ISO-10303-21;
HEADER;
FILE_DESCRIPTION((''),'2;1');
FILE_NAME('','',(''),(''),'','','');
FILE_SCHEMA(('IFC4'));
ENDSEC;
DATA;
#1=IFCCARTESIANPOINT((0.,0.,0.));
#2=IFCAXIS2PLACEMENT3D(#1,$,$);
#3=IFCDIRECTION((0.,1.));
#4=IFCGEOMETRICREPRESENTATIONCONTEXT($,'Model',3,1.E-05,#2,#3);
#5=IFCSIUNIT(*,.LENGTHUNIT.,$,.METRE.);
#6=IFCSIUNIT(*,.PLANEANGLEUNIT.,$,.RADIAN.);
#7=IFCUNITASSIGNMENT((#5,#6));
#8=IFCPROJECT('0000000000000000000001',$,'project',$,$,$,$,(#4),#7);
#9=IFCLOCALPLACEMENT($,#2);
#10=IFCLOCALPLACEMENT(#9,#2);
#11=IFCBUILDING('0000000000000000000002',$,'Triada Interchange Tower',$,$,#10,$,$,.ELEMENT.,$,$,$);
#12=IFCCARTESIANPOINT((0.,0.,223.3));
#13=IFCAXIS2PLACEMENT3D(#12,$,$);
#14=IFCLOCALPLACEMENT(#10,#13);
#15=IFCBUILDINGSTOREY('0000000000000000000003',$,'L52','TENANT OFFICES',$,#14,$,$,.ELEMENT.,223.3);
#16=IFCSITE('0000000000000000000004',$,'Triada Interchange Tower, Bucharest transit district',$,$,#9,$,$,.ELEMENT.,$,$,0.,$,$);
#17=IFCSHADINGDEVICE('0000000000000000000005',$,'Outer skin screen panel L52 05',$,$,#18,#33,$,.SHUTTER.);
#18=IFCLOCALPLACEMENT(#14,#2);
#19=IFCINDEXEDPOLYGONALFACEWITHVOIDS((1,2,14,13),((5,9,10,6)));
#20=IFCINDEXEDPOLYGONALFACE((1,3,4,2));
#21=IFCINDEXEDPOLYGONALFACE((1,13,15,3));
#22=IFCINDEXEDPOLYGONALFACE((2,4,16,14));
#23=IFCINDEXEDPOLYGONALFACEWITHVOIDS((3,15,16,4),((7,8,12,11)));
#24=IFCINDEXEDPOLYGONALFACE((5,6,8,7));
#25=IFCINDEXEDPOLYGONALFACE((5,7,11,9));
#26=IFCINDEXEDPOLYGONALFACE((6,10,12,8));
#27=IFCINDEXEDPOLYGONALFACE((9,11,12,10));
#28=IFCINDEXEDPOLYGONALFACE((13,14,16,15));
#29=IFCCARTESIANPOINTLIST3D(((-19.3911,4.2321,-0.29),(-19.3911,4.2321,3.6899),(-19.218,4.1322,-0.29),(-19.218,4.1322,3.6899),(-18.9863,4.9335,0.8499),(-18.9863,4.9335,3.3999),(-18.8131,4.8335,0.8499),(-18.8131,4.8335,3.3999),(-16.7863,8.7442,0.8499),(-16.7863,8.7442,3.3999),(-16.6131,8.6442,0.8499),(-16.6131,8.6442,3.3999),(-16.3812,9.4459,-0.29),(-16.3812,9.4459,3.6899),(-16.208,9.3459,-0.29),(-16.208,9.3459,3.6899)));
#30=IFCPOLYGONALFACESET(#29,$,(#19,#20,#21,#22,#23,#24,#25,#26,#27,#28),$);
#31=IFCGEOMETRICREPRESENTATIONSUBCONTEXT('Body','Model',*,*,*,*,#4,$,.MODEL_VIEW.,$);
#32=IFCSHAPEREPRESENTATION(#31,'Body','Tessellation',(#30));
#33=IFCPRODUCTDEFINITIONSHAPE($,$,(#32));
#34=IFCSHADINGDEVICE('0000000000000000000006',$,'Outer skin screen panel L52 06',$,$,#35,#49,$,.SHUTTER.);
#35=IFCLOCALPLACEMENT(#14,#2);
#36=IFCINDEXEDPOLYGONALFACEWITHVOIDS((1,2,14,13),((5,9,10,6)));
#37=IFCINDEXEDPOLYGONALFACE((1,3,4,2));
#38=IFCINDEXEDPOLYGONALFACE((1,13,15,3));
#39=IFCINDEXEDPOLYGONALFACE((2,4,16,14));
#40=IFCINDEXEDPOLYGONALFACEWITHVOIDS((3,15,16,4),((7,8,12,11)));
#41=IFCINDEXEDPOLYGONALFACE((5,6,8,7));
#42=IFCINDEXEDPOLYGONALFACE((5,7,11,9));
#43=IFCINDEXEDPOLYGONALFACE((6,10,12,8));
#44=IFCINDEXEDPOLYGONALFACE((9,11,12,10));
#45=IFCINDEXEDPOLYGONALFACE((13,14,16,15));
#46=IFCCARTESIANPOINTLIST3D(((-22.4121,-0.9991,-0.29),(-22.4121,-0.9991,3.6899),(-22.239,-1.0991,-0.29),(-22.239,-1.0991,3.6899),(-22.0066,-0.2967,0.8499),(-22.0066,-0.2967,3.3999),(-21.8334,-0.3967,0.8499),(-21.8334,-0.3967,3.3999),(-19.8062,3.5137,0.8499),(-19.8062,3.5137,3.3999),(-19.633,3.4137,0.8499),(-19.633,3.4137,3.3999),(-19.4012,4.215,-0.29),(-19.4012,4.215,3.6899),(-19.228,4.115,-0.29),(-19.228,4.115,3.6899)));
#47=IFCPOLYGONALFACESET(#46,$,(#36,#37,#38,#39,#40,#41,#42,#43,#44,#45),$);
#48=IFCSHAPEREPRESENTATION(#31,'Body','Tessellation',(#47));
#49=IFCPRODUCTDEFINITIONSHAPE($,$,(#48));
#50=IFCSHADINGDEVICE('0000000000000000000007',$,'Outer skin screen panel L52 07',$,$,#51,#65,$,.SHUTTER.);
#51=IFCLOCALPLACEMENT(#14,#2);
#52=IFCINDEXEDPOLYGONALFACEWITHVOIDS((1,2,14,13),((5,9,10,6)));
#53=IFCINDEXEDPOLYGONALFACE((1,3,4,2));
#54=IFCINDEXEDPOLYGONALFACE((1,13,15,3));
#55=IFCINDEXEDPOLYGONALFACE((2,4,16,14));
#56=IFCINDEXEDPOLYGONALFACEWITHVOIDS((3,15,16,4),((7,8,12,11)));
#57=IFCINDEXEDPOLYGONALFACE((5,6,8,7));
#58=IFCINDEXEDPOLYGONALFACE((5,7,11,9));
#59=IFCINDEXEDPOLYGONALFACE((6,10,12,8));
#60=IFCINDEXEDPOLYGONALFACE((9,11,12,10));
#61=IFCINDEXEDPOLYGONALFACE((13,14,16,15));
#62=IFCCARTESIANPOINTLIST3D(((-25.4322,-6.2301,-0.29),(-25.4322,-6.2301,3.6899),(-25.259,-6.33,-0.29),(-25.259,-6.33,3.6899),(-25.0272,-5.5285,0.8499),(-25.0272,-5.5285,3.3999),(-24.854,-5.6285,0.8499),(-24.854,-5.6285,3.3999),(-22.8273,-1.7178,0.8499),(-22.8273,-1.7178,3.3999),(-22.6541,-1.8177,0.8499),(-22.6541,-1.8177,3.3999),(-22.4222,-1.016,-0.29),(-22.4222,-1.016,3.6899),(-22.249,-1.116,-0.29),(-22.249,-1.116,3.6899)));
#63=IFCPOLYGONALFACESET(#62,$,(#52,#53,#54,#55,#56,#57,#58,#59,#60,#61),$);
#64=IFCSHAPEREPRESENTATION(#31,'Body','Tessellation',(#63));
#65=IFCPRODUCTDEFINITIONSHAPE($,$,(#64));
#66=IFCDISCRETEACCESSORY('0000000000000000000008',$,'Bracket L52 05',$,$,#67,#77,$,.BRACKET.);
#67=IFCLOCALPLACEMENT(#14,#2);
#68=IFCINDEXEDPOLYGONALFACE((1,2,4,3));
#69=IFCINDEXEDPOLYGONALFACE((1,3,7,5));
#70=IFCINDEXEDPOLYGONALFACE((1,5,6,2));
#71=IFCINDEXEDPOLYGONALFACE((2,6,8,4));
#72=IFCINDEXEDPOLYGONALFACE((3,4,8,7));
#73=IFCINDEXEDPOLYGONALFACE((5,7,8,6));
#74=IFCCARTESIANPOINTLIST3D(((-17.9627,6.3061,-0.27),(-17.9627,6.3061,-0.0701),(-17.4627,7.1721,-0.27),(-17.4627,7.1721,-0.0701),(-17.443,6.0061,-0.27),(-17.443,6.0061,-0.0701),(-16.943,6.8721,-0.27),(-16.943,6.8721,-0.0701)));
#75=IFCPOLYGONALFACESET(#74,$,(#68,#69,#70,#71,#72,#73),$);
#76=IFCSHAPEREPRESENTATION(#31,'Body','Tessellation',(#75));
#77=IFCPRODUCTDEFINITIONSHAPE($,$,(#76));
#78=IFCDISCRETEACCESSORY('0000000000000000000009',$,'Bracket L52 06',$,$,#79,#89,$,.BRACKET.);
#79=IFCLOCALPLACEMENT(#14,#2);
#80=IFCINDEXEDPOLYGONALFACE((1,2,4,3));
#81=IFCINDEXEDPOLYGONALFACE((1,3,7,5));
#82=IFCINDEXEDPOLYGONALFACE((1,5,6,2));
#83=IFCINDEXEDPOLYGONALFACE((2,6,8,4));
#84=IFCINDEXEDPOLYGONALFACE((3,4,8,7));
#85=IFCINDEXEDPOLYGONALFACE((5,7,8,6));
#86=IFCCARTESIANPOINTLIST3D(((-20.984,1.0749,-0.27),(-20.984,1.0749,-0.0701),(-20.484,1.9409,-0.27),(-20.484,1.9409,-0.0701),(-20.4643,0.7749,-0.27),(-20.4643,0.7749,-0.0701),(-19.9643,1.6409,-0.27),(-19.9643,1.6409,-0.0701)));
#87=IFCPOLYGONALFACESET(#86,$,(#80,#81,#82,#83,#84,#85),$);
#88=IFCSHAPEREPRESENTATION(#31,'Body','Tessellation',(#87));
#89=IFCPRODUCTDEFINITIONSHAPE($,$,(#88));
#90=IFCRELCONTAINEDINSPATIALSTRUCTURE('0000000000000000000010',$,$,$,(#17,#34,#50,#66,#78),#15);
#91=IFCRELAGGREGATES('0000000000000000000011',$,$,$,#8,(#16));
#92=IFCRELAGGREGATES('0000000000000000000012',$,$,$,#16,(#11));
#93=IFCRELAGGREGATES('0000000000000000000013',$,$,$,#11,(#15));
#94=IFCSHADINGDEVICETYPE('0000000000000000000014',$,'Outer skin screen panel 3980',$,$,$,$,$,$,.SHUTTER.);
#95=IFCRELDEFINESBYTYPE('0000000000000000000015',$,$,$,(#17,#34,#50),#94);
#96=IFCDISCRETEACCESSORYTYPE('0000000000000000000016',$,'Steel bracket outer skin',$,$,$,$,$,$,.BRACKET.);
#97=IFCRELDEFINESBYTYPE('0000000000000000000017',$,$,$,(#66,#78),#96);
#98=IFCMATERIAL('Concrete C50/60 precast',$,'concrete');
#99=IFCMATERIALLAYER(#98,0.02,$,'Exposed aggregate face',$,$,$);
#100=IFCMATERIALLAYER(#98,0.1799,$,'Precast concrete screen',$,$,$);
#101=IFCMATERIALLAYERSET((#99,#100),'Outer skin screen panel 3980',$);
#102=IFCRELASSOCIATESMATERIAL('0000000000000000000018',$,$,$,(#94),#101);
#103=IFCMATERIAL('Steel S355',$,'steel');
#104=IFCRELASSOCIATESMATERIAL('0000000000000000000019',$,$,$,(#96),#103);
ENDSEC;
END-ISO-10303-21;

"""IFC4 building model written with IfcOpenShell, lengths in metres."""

from ifc_helpers import new_model, si_unit, direction, frame, origin, origin_2d, place, context, subcontext, project, spatial, polyline, rectangle, outline, extrude, material, layer, layer_set, type_object, element, save


model = new_model("IFC4")

# Units and contexts
model_context = context("Model", 3, precision=1e-05, world=origin(), true_north=direction((0.0, 1.0)))
body_context = subcontext(model_context, "Body", "Model", "MODEL_VIEW")
ifc_project = project(units=[si_unit("LENGTHUNIT", "METRE"), si_unit("PLANEANGLEUNIT", "RADIAN")], contexts=[model_context])

# Site, building, storey
site_placement = place(None, origin())
site = spatial("IfcSite", under=ifc_project, at=site_placement, Name="Triada Interchange Tower, Bucharest transit district", CompositionType="ELEMENT", RefElevation=0.0)
building_placement = place(site_placement, origin())
building = spatial("IfcBuilding", under=site, at=building_placement, Name="Triada Interchange Tower", CompositionType="ELEMENT")
storey_placement = place(building_placement, frame((0.0, 0.0, 223.3)))
storey = spatial("IfcBuildingStorey", under=building, at=storey_placement, Name="L52", Description="TENANT OFFICES", CompositionType="ELEMENT", Elevation=223.3)

# Shading devices
ifc_material_1 = material(Name="Concrete C50/60 precast", Category="concrete")
ifc_layer_1 = layer(ifc_material_1, 0.02, Name="Exposed aggregate face")
ifc_layer_2 = layer(ifc_material_1, 0.1799, Name="Precast concrete screen")
ifc_layer_set_1 = layer_set([ifc_layer_1, ifc_layer_2], Name="Outer skin screen panel 3980")
shading_device_type = type_object("IfcShadingDeviceType", Name="Outer skin screen panel 3980", PredefinedType="SHUTTER", material=ifc_layer_set_1)
shading_device_1_placement = place(storey_placement, frame((-16.208, 9.3459, -0.29), z_axis=(0.0, 0.0, 1.0), x_axis=(-0.499973, -0.866041, 0.0)))
element("IfcShadingDevice", 1, at=shading_device_1_placement, inside=storey, type_object=shading_device_type, Name="Outer skin screen panel L52 05", PredefinedType="SHUTTER", context=body_context, shape_type="SweptSolid", body=[
    extrude(outline(polyline([(0.0, 0.0), (6.0203, 0.0), (6.0203, 3.98), (0.0, 3.98), (0.0, 0.0)]), holes=[polyline([(0.8103, 1.1399), (0.8103, 3.6899), (5.2104, 3.6899), (5.2104, 1.1399), (0.8103, 1.1399)])]), frame((0.0, 0.0, 0.0), z_axis=(0.0, -1.0, 0.0), x_axis=(1.0, 0.0, 0.0)), (0.0, 0.0, 1.0), 0.2),
])
shading_device_2_placement = place(storey_placement, frame((-19.228, 4.115, -0.29), z_axis=(0.0, 0.0, 1.0), x_axis=(-0.500077, -0.865981, 0.0)))
element("IfcShadingDevice", 2, at=shading_device_2_placement, inside=storey, type_object=shading_device_type, Name="Outer skin screen panel L52 06", PredefinedType="SHUTTER", context=body_context, shape_type="SweptSolid", body=[
    extrude(outline(polyline([(0.0, 0.0), (6.021, 0.0), (6.021, 3.98), (0.0, 3.98), (0.0, 0.0)]), holes=[polyline([(0.8098, 1.1399), (0.8098, 3.6899), (5.21, 3.6899), (5.21, 1.1399), (0.8098, 1.1399)])]), frame((0.0, 0.0, 0.0), z_axis=(0.0, -1.0, 0.0), x_axis=(1.0, 0.0, 0.0)), (0.0, 0.0, 1.0), 0.2),
])
shading_device_3_placement = place(storey_placement, frame((-22.249, -1.116, -0.29), z_axis=(0.0, 0.0, 1.0), x_axis=(-0.499955, -0.866051, 0.0)))
element("IfcShadingDevice", 3, at=shading_device_3_placement, inside=storey, type_object=shading_device_type, Name="Outer skin screen panel L52 07", PredefinedType="SHUTTER", context=body_context, shape_type="SweptSolid", body=[
    extrude(outline(polyline([(0.0, 0.0), (6.0205, 0.0), (6.0205, 3.98), (0.0, 3.98), (0.0, 0.0)]), holes=[polyline([(0.8103, 1.1399), (0.8103, 3.6899), (5.2104, 3.6899), (5.2104, 1.1399), (0.8103, 1.1399)])]), frame((0.0, 0.0, 0.0), z_axis=(0.0, -1.0, 0.0), x_axis=(1.0, 0.0, 0.0)), (0.0, 0.0, 1.0), 0.2),
])

# Discrete accessories
ifc_material_2 = material(Name="Steel S355", Category="steel")
discrete_accessory_type = type_object("IfcDiscreteAccessoryType", Name="Steel bracket outer skin", PredefinedType="BRACKET", material=ifc_material_2)
for number, where, z_axis, x_axis, name in (
    (4, (-17.4529, 6.5891, -0.27), (0.0, 0.0, 1.0), (-0.866025, 0.500001, 0.0), "Bracket L52 05"),
    (5, (-20.4741, 1.3579, -0.27), (0.0, 0.0, 1.0), (-0.866025, 0.500001, 0.0), "Bracket L52 06"),
):
    element("IfcDiscreteAccessory", number, at=place(storey_placement, frame(where, z_axis=z_axis, x_axis=x_axis)), inside=storey, type_object=discrete_accessory_type, Name=name, PredefinedType="BRACKET", context=body_context, shape_type="SweptSolid", body=[
        extrude(rectangle(XDim=0.6001, YDim=1.0, at=origin_2d()), origin(), (0.0, 0.0, 1.0), 0.2),
    ])

save(model, "model.ifc")
